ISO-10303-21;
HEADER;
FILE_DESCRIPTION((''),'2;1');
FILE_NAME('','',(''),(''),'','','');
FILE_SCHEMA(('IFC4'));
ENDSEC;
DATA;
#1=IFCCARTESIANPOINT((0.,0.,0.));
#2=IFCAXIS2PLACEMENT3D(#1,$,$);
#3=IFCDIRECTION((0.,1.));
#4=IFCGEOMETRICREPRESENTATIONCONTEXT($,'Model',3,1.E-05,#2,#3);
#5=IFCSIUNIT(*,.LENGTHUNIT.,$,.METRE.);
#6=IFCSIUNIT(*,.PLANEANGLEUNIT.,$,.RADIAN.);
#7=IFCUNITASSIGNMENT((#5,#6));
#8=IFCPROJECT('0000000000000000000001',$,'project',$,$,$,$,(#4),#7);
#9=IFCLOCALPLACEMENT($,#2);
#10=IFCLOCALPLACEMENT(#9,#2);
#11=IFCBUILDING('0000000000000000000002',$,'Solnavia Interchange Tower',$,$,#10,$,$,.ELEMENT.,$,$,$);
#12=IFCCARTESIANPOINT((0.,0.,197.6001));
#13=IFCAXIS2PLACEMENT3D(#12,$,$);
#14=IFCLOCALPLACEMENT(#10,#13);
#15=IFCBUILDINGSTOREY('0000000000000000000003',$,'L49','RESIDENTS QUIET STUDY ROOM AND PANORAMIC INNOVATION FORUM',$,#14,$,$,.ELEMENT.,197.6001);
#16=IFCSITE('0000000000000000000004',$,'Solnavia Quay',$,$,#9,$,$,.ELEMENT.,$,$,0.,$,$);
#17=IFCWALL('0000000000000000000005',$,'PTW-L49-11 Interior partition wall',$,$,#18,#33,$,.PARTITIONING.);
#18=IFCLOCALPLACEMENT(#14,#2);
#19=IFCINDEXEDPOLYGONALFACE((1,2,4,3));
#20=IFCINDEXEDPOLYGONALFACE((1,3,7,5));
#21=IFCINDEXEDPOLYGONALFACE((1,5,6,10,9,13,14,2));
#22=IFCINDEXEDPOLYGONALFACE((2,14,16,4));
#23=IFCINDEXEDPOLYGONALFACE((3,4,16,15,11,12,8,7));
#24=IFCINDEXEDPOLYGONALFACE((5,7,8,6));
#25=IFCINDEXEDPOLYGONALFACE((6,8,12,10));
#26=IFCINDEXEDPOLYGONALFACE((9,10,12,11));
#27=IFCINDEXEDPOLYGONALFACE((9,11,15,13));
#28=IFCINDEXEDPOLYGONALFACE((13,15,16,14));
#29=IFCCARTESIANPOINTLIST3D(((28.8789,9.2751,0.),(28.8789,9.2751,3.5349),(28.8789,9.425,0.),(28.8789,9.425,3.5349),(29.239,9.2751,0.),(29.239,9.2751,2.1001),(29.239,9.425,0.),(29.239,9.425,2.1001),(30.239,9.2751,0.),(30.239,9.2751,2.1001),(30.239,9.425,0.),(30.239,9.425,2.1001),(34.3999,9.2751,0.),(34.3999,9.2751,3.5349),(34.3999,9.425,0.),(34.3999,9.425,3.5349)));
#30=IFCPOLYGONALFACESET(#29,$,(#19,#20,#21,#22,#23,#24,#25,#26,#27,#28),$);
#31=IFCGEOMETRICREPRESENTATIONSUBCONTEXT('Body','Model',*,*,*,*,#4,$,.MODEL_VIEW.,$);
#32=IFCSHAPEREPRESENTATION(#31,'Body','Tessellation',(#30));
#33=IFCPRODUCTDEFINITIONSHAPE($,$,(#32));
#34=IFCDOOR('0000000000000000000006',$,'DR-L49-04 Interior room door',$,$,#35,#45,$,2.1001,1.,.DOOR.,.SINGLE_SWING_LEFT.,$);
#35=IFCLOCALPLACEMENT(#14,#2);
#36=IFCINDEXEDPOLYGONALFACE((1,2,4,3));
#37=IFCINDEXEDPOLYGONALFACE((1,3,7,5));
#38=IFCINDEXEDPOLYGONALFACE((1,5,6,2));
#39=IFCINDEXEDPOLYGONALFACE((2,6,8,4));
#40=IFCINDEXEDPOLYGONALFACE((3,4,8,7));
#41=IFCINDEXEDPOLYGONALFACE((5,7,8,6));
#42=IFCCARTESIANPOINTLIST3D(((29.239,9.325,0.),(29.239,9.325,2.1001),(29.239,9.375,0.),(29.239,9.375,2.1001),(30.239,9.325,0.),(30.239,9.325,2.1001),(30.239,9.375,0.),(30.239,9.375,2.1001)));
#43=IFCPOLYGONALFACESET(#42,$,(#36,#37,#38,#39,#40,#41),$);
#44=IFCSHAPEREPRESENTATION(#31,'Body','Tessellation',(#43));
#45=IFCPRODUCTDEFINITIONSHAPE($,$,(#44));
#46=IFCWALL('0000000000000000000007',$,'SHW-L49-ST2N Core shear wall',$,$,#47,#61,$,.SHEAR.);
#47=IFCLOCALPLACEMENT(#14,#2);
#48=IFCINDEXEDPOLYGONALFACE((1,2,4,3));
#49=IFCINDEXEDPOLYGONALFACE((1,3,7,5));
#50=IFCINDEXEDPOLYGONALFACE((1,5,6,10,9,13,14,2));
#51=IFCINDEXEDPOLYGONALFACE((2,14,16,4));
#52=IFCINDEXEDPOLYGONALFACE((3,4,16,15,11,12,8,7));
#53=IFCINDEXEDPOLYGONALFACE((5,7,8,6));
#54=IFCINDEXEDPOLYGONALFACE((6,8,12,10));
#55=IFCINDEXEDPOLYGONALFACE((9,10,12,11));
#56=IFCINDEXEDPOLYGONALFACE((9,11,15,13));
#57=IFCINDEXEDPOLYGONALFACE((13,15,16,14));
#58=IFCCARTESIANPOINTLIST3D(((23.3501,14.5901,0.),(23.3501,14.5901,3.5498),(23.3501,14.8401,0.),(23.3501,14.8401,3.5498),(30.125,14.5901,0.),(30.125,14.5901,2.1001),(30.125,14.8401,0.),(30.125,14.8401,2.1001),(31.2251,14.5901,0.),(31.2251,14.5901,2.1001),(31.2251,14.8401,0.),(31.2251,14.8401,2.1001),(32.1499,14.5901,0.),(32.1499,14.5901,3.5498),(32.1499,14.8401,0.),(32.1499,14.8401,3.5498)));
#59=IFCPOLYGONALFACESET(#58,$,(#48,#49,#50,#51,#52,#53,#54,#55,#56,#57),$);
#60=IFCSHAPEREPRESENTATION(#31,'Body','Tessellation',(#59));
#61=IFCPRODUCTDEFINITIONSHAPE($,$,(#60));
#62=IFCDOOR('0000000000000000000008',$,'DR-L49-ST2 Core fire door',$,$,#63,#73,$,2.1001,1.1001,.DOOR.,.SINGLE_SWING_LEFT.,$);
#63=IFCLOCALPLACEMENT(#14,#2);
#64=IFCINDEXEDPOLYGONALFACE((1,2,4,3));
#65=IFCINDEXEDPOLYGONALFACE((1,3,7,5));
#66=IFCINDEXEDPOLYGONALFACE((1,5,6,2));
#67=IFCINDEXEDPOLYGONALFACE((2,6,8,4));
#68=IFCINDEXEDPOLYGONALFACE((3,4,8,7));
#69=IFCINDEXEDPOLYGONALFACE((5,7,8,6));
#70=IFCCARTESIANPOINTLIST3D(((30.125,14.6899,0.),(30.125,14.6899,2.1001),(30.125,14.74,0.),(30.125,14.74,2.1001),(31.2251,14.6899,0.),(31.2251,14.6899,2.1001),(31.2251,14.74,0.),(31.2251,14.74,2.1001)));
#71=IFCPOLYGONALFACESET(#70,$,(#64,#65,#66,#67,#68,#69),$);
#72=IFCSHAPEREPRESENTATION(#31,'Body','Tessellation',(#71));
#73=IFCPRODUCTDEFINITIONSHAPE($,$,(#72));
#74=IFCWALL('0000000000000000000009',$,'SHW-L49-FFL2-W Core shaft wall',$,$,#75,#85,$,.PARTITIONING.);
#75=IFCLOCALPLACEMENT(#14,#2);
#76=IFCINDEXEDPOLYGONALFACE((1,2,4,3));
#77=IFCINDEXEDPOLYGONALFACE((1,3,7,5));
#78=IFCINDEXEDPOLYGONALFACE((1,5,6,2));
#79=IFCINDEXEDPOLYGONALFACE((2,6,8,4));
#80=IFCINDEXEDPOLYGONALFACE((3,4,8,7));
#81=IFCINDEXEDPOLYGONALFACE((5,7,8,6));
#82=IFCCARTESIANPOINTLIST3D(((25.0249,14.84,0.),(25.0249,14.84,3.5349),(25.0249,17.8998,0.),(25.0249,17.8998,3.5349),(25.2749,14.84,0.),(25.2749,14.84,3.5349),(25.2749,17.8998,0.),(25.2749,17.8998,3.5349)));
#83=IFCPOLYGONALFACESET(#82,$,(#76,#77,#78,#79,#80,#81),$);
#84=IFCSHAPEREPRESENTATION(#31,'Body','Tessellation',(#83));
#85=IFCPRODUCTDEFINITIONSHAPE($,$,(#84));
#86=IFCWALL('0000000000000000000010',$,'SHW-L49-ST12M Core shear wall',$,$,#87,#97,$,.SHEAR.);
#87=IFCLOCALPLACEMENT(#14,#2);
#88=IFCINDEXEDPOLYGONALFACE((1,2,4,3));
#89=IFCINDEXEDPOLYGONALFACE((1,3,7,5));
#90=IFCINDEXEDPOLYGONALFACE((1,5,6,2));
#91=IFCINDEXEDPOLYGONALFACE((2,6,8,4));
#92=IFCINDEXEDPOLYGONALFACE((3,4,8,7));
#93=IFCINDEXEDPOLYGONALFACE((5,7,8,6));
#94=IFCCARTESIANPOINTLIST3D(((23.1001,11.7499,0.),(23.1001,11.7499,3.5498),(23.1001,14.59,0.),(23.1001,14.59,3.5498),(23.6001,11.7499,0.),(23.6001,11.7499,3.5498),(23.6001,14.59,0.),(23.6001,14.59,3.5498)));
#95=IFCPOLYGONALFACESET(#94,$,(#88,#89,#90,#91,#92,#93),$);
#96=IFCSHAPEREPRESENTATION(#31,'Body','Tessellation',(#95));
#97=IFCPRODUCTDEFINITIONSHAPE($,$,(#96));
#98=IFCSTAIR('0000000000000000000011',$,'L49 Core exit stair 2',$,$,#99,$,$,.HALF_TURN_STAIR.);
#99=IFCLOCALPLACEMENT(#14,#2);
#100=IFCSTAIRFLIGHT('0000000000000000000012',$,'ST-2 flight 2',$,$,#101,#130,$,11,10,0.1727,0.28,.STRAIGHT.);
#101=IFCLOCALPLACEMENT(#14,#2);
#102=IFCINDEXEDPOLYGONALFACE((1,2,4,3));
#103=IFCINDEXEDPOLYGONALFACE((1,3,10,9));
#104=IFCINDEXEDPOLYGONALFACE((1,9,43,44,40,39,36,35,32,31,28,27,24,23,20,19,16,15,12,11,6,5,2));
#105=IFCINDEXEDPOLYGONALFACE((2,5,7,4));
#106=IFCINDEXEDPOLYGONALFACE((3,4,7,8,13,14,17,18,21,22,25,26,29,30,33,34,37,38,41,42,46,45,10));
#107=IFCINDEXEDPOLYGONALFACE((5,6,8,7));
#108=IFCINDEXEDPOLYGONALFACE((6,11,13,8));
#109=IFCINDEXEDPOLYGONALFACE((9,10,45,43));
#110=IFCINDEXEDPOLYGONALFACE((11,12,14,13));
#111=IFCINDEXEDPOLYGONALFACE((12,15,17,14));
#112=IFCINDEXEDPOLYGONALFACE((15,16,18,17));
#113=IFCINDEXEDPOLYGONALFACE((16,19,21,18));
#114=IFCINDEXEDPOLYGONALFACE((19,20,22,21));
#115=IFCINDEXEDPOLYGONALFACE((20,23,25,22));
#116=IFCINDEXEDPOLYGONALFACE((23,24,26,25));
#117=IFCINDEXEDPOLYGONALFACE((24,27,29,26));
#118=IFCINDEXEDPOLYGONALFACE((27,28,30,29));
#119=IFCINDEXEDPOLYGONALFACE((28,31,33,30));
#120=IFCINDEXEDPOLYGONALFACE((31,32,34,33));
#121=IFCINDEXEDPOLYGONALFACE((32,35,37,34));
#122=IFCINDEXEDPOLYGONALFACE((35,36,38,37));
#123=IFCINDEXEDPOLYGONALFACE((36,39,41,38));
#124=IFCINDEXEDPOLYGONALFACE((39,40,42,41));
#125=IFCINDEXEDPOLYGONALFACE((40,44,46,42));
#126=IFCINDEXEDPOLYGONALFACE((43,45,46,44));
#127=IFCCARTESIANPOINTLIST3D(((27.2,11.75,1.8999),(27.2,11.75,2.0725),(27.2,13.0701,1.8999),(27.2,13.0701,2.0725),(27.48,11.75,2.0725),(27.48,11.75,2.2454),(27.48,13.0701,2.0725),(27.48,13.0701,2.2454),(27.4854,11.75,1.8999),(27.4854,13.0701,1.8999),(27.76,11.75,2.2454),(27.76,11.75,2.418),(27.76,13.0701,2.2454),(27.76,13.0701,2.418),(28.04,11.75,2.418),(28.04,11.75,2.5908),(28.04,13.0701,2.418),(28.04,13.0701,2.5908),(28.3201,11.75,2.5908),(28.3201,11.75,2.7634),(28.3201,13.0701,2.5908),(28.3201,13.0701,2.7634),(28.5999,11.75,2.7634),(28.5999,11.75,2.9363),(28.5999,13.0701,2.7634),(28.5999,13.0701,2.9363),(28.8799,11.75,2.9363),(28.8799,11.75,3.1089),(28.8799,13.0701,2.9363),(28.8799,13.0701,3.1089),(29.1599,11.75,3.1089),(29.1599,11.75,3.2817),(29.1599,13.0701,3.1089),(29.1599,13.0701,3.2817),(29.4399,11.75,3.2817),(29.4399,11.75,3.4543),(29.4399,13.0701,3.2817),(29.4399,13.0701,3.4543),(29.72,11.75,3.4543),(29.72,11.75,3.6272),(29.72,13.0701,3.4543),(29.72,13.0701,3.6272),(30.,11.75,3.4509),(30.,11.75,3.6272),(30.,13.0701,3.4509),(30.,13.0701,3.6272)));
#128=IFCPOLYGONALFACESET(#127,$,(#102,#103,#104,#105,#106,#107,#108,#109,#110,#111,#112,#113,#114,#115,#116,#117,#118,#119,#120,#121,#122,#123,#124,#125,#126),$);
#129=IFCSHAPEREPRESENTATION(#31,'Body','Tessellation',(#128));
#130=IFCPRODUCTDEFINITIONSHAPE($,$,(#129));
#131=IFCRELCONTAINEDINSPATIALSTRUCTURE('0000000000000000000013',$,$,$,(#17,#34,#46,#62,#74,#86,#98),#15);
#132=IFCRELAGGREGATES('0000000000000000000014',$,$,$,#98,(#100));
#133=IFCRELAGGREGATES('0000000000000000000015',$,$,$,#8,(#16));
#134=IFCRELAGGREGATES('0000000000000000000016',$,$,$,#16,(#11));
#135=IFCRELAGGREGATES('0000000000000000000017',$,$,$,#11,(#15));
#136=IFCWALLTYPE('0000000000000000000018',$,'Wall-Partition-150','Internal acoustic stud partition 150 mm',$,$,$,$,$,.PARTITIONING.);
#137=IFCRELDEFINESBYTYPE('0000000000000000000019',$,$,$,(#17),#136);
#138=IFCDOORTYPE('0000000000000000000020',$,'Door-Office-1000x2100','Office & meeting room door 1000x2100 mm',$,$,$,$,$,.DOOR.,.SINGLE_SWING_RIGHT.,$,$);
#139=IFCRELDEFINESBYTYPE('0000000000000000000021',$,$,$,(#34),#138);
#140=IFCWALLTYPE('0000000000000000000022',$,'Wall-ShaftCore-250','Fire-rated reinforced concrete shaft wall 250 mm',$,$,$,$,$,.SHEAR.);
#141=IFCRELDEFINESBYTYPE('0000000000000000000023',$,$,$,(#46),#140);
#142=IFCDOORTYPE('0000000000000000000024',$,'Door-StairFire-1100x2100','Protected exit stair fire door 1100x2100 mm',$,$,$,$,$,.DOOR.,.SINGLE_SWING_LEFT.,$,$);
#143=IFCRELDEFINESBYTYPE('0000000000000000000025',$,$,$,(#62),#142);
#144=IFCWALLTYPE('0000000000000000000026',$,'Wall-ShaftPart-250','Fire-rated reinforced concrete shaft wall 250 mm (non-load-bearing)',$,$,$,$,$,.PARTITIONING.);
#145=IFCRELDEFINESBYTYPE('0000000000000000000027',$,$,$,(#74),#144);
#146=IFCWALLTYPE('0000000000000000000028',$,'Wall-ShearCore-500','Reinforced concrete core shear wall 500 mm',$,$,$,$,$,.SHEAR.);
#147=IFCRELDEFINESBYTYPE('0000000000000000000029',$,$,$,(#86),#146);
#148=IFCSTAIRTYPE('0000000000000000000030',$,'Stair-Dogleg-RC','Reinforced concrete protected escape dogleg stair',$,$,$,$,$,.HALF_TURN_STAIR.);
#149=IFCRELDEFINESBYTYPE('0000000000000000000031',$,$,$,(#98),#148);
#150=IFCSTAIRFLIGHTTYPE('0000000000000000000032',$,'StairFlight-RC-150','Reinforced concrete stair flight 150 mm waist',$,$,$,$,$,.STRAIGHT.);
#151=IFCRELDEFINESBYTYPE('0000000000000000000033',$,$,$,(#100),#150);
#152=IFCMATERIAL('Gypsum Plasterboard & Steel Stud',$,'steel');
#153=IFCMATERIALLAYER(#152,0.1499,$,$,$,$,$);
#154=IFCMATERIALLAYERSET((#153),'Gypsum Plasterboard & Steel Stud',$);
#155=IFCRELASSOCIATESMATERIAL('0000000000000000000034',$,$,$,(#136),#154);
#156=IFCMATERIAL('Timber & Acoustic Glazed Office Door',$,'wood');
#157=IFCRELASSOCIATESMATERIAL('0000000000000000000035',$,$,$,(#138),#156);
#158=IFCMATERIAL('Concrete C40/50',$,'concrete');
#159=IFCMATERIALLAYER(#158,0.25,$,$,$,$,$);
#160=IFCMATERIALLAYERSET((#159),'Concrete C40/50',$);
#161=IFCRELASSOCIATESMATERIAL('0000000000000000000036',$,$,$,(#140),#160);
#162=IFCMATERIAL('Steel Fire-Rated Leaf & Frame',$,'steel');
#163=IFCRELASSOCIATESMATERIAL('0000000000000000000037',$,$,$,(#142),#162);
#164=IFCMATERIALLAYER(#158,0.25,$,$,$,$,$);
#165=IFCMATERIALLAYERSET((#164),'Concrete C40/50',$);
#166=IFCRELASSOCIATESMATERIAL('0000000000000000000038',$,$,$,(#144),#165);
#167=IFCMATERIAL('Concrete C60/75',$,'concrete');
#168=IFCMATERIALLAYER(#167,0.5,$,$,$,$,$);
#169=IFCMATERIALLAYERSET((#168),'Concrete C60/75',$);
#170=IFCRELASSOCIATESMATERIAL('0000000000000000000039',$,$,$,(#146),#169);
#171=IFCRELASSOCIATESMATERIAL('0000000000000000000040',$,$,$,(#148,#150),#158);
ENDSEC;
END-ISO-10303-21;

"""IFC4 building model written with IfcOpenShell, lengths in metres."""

from ifc_helpers import new_model, si_unit, direction, frame, frame_2d, origin, place, context, subcontext, project, spatial, polyline, rectangle, outline, extrude, material, layer, layer_set, type_object, element, fill, aggregate, save


model = new_model("IFC4")

# Units and contexts
model_context = context("Model", 3, precision=1e-05, world=origin(), true_north=direction((0.0, 1.0)))
body_context = subcontext(model_context, "Body", "Model", "MODEL_VIEW")
ifc_project = project(units=[si_unit("LENGTHUNIT", "METRE"), si_unit("PLANEANGLEUNIT", "RADIAN")], contexts=[model_context])

# Site, building, storey
site_placement = place(None, origin())
site = spatial("IfcSite", under=ifc_project, at=site_placement, Name="Solnavia Quay", CompositionType="ELEMENT", RefElevation=0.0)
building_placement = place(site_placement, origin())
building = spatial("IfcBuilding", under=site, at=building_placement, Name="Solnavia Interchange Tower", CompositionType="ELEMENT")
storey_placement = place(building_placement, frame((0.0, 0.0, 197.6001)))
storey = spatial("IfcBuildingStorey", under=building, at=storey_placement, Name="L49", Description="RESIDENTS QUIET STUDY ROOM AND PANORAMIC INNOVATION FORUM", CompositionType="ELEMENT", Elevation=197.6001)

# Shared definitions
ifc_material_1 = material(Name="Concrete C40/50", Category="concrete")

# Shared definitions
ifc_material_2 = material(Name="Gypsum Plasterboard & Steel Stud", Category="steel")
ifc_layer_1 = layer(ifc_material_2, 0.1499)
ifc_layer_set_1 = layer_set([ifc_layer_1], Name="Gypsum Plasterboard & Steel Stud")
wall_type_1 = type_object("IfcWallType", Name="Wall-Partition-150", Description="Internal acoustic stud partition 150 mm", PredefinedType="PARTITIONING", material=ifc_layer_set_1)

# Walls, openings, doors
wall_1_placement = place(storey_placement, frame((28.8789, 9.3501, 0.0), z_axis=(0.0, 0.0, 1.0), x_axis=(1.0, 0.0, 0.0)))
wall_1 = element("IfcWall", 1, at=wall_1_placement, inside=storey, type_object=wall_type_1, Name="PTW-L49-11 Interior partition wall", PredefinedType="PARTITIONING", context=body_context, shape_type="SweptSolid", body=[
    extrude(rectangle(XDim=5.521, YDim=0.1499, at=frame_2d((2.7605, 0.0))), origin(), (0.0, 0.0, 1.0), 3.5349),
])
opening_1_placement = place(wall_1_placement, frame((0.3601, 0.0, 0.0)))
opening_1 = element("IfcOpeningElement", 2, at=opening_1_placement, cuts=wall_1, PredefinedType="OPENING", context=body_context, shape_type="SweptSolid", body=[
    extrude(rectangle(XDim=1.0, YDim=2.1001, at=frame_2d((0.5, 1.05))), frame((0.0, 0.085, 0.0), z_axis=(0.0, -1.0, 0.0), x_axis=(1.0, 0.0, 0.0)), (0.0, 0.0, 1.0), 0.1699),
])
ifc_material_3 = material(Name="Timber & Acoustic Glazed Office Door", Category="wood")
door_type_1 = type_object("IfcDoorType", Name="Door-Office-1000x2100", Description="Office & meeting room door 1000x2100 mm", OperationType="SINGLE_SWING_RIGHT", PredefinedType="DOOR", material=ifc_material_3)
door_1_placement = place(opening_1_placement, origin())
door_1 = element("IfcDoor", 3, at=door_1_placement, inside=storey, type_object=door_type_1, Name="DR-L49-04 Interior room door", OperationType="SINGLE_SWING_LEFT", OverallHeight=2.1001, OverallWidth=1.0, PredefinedType="DOOR", context=body_context, shape_type="SweptSolid", body=[
    extrude(rectangle(XDim=1.0, YDim=2.1001, at=frame_2d((0.5, 1.05))), frame((0.0, 0.0249, 0.0), z_axis=(0.0, -1.0, 0.0), x_axis=(1.0, 0.0, 0.0)), (0.0, 0.0, 1.0), 0.05),
])
fill(opening_1, door_1)
ifc_layer_2 = layer(ifc_material_1, 0.25)
ifc_layer_set_2 = layer_set([ifc_layer_2], Name="Concrete C40/50")
wall_type_2 = type_object("IfcWallType", Name="Wall-ShaftCore-250", Description="Fire-rated reinforced concrete shaft wall 250 mm", PredefinedType="SHEAR", material=ifc_layer_set_2)
wall_2_placement = place(storey_placement, frame((23.3501, 14.7151, 0.0), z_axis=(0.0, 0.0, 1.0), x_axis=(1.0, 0.0, 0.0)))
wall_2 = element("IfcWall", 4, at=wall_2_placement, inside=storey, type_object=wall_type_2, Name="SHW-L49-ST2N Core shear wall", PredefinedType="SHEAR", context=body_context, shape_type="SweptSolid", body=[
    extrude(rectangle(XDim=8.7998, YDim=0.25, at=frame_2d((4.3999, 0.0))), origin(), (0.0, 0.0, 1.0), 3.5498),
])
opening_2_placement = place(wall_2_placement, frame((6.7749, 0.0, 0.0)))
opening_2 = element("IfcOpeningElement", 5, at=opening_2_placement, cuts=wall_2, PredefinedType="OPENING", context=body_context, shape_type="SweptSolid", body=[
    extrude(rectangle(XDim=1.1001, YDim=2.1001, at=frame_2d((0.55, 1.05))), frame((0.0, 0.135, 0.0), z_axis=(0.0, -1.0, 0.0), x_axis=(1.0, 0.0, 0.0)), (0.0, 0.0, 1.0), 0.27),
])
ifc_material_4 = material(Name="Steel Fire-Rated Leaf & Frame", Category="steel")
door_type_2 = type_object("IfcDoorType", Name="Door-StairFire-1100x2100", Description="Protected exit stair fire door 1100x2100 mm", OperationType="SINGLE_SWING_LEFT", PredefinedType="DOOR", material=ifc_material_4)
door_2_placement = place(opening_2_placement, origin())
door_2 = element("IfcDoor", 6, at=door_2_placement, inside=storey, type_object=door_type_2, Name="DR-L49-ST2 Core fire door", OperationType="SINGLE_SWING_LEFT", OverallHeight=2.1001, OverallWidth=1.1001, PredefinedType="DOOR", context=body_context, shape_type="SweptSolid", body=[
    extrude(rectangle(XDim=1.1001, YDim=2.1001, at=frame_2d((0.55, 1.05))), frame((0.0, 0.0249, 0.0), z_axis=(0.0, -1.0, 0.0), x_axis=(1.0, 0.0, 0.0)), (0.0, 0.0, 1.0), 0.05),
])
fill(opening_2, door_2)

# Walls
ifc_layer_3 = layer(ifc_material_1, 0.25)
ifc_layer_set_3 = layer_set([ifc_layer_3], Name="Concrete C40/50")
wall_type_3 = type_object("IfcWallType", Name="Wall-ShaftPart-250", Description="Fire-rated reinforced concrete shaft wall 250 mm (non-load-bearing)", PredefinedType="PARTITIONING", material=ifc_layer_set_3)
wall_3_placement = place(storey_placement, frame((25.1499, 14.8401, 0.0), z_axis=(0.0, 0.0, 1.0), x_axis=(0.0, 1.0, 0.0)))
element("IfcWall", 7, at=wall_3_placement, inside=storey, type_object=wall_type_3, Name="SHW-L49-FFL2-W Core shaft wall", PredefinedType="PARTITIONING", context=body_context, shape_type="SweptSolid", body=[
    extrude(rectangle(XDim=3.0598, YDim=0.25, at=frame_2d((1.5298, 0.0))), origin(), (0.0, 0.0, 1.0), 3.5349),
])
ifc_material_5 = material(Name="Concrete C60/75", Category="concrete")
ifc_layer_4 = layer(ifc_material_5, 0.5)
ifc_layer_set_4 = layer_set([ifc_layer_4], Name="Concrete C60/75")
wall_type_4 = type_object("IfcWallType", Name="Wall-ShearCore-500", Description="Reinforced concrete core shear wall 500 mm", PredefinedType="SHEAR", material=ifc_layer_set_4)
wall_4_placement = place(storey_placement, frame((23.3501, 11.75, 0.0), z_axis=(0.0, 0.0, 1.0), x_axis=(0.0, 1.0, 0.0)))
element("IfcWall", 8, at=wall_4_placement, inside=storey, type_object=wall_type_4, Name="SHW-L49-ST12M Core shear wall", PredefinedType="SHEAR", context=body_context, shape_type="SweptSolid", body=[
    extrude(rectangle(XDim=2.8401, YDim=0.5, at=frame_2d((1.4199, 0.0))), origin(), (0.0, 0.0, 1.0), 3.5498),
])

# Stair, stair flight
stair_type = type_object("IfcStairType", Name="Stair-Dogleg-RC", Description="Reinforced concrete protected escape dogleg stair", PredefinedType="HALF_TURN_STAIR", material=ifc_material_1)
stair_placement = place(storey_placement, origin())
stair = element("IfcStair", 9, at=stair_placement, inside=storey, type_object=stair_type, Name="L49 Core exit stair 2", PredefinedType="HALF_TURN_STAIR")
stair_flight_type = type_object("IfcStairFlightType", Name="StairFlight-RC-150", Description="Reinforced concrete stair flight 150 mm waist", PredefinedType="STRAIGHT", material=ifc_material_1)
stair_flight_placement = place(storey_placement, frame((27.2, 12.4099, 1.8999), z_axis=(0.0, 0.0, 1.0), x_axis=(1.0, 0.0, 0.0)))
stair_flight = element("IfcStairFlight", 10, at=stair_flight_placement, type_object=stair_flight_type, Name="ST-2 flight 2", NumberOfRisers=11, NumberOfTreads=10, PredefinedType="STRAIGHT", RiserHeight=0.1727, TreadLength=0.28, context=body_context, shape_type="SweptSolid", body=[
    extrude(outline(polyline([(0.0, 0.0), (0.0, 0.1726), (0.28, 0.1726), (0.28, 0.3455), (0.5601, 0.3455), (0.5601, 0.5181), (0.8401, 0.5181), (0.8401, 0.6909), (1.1201, 0.6909), (1.1201, 0.8635), (1.3999, 0.8635), (1.3999, 1.0364), (1.6799, 1.0364), (1.6799, 1.209), (1.96, 1.209), (1.96, 1.3818), (2.24, 1.3818), (2.24, 1.5544), (2.52, 1.5544), (2.52, 1.7273), (2.8, 1.7273), (2.8, 1.8999), (2.8, 1.551), (0.2854, 0.0), (0.0, 0.0)])), frame((0.0, 0.6602, 0.0), z_axis=(0.0, -1.0, 0.0), x_axis=(1.0, 0.0, 0.0)), (0.0, 0.0, 1.0), 1.3201),
])
aggregate(stair, [stair_flight])

save(model, "model.ifc")
